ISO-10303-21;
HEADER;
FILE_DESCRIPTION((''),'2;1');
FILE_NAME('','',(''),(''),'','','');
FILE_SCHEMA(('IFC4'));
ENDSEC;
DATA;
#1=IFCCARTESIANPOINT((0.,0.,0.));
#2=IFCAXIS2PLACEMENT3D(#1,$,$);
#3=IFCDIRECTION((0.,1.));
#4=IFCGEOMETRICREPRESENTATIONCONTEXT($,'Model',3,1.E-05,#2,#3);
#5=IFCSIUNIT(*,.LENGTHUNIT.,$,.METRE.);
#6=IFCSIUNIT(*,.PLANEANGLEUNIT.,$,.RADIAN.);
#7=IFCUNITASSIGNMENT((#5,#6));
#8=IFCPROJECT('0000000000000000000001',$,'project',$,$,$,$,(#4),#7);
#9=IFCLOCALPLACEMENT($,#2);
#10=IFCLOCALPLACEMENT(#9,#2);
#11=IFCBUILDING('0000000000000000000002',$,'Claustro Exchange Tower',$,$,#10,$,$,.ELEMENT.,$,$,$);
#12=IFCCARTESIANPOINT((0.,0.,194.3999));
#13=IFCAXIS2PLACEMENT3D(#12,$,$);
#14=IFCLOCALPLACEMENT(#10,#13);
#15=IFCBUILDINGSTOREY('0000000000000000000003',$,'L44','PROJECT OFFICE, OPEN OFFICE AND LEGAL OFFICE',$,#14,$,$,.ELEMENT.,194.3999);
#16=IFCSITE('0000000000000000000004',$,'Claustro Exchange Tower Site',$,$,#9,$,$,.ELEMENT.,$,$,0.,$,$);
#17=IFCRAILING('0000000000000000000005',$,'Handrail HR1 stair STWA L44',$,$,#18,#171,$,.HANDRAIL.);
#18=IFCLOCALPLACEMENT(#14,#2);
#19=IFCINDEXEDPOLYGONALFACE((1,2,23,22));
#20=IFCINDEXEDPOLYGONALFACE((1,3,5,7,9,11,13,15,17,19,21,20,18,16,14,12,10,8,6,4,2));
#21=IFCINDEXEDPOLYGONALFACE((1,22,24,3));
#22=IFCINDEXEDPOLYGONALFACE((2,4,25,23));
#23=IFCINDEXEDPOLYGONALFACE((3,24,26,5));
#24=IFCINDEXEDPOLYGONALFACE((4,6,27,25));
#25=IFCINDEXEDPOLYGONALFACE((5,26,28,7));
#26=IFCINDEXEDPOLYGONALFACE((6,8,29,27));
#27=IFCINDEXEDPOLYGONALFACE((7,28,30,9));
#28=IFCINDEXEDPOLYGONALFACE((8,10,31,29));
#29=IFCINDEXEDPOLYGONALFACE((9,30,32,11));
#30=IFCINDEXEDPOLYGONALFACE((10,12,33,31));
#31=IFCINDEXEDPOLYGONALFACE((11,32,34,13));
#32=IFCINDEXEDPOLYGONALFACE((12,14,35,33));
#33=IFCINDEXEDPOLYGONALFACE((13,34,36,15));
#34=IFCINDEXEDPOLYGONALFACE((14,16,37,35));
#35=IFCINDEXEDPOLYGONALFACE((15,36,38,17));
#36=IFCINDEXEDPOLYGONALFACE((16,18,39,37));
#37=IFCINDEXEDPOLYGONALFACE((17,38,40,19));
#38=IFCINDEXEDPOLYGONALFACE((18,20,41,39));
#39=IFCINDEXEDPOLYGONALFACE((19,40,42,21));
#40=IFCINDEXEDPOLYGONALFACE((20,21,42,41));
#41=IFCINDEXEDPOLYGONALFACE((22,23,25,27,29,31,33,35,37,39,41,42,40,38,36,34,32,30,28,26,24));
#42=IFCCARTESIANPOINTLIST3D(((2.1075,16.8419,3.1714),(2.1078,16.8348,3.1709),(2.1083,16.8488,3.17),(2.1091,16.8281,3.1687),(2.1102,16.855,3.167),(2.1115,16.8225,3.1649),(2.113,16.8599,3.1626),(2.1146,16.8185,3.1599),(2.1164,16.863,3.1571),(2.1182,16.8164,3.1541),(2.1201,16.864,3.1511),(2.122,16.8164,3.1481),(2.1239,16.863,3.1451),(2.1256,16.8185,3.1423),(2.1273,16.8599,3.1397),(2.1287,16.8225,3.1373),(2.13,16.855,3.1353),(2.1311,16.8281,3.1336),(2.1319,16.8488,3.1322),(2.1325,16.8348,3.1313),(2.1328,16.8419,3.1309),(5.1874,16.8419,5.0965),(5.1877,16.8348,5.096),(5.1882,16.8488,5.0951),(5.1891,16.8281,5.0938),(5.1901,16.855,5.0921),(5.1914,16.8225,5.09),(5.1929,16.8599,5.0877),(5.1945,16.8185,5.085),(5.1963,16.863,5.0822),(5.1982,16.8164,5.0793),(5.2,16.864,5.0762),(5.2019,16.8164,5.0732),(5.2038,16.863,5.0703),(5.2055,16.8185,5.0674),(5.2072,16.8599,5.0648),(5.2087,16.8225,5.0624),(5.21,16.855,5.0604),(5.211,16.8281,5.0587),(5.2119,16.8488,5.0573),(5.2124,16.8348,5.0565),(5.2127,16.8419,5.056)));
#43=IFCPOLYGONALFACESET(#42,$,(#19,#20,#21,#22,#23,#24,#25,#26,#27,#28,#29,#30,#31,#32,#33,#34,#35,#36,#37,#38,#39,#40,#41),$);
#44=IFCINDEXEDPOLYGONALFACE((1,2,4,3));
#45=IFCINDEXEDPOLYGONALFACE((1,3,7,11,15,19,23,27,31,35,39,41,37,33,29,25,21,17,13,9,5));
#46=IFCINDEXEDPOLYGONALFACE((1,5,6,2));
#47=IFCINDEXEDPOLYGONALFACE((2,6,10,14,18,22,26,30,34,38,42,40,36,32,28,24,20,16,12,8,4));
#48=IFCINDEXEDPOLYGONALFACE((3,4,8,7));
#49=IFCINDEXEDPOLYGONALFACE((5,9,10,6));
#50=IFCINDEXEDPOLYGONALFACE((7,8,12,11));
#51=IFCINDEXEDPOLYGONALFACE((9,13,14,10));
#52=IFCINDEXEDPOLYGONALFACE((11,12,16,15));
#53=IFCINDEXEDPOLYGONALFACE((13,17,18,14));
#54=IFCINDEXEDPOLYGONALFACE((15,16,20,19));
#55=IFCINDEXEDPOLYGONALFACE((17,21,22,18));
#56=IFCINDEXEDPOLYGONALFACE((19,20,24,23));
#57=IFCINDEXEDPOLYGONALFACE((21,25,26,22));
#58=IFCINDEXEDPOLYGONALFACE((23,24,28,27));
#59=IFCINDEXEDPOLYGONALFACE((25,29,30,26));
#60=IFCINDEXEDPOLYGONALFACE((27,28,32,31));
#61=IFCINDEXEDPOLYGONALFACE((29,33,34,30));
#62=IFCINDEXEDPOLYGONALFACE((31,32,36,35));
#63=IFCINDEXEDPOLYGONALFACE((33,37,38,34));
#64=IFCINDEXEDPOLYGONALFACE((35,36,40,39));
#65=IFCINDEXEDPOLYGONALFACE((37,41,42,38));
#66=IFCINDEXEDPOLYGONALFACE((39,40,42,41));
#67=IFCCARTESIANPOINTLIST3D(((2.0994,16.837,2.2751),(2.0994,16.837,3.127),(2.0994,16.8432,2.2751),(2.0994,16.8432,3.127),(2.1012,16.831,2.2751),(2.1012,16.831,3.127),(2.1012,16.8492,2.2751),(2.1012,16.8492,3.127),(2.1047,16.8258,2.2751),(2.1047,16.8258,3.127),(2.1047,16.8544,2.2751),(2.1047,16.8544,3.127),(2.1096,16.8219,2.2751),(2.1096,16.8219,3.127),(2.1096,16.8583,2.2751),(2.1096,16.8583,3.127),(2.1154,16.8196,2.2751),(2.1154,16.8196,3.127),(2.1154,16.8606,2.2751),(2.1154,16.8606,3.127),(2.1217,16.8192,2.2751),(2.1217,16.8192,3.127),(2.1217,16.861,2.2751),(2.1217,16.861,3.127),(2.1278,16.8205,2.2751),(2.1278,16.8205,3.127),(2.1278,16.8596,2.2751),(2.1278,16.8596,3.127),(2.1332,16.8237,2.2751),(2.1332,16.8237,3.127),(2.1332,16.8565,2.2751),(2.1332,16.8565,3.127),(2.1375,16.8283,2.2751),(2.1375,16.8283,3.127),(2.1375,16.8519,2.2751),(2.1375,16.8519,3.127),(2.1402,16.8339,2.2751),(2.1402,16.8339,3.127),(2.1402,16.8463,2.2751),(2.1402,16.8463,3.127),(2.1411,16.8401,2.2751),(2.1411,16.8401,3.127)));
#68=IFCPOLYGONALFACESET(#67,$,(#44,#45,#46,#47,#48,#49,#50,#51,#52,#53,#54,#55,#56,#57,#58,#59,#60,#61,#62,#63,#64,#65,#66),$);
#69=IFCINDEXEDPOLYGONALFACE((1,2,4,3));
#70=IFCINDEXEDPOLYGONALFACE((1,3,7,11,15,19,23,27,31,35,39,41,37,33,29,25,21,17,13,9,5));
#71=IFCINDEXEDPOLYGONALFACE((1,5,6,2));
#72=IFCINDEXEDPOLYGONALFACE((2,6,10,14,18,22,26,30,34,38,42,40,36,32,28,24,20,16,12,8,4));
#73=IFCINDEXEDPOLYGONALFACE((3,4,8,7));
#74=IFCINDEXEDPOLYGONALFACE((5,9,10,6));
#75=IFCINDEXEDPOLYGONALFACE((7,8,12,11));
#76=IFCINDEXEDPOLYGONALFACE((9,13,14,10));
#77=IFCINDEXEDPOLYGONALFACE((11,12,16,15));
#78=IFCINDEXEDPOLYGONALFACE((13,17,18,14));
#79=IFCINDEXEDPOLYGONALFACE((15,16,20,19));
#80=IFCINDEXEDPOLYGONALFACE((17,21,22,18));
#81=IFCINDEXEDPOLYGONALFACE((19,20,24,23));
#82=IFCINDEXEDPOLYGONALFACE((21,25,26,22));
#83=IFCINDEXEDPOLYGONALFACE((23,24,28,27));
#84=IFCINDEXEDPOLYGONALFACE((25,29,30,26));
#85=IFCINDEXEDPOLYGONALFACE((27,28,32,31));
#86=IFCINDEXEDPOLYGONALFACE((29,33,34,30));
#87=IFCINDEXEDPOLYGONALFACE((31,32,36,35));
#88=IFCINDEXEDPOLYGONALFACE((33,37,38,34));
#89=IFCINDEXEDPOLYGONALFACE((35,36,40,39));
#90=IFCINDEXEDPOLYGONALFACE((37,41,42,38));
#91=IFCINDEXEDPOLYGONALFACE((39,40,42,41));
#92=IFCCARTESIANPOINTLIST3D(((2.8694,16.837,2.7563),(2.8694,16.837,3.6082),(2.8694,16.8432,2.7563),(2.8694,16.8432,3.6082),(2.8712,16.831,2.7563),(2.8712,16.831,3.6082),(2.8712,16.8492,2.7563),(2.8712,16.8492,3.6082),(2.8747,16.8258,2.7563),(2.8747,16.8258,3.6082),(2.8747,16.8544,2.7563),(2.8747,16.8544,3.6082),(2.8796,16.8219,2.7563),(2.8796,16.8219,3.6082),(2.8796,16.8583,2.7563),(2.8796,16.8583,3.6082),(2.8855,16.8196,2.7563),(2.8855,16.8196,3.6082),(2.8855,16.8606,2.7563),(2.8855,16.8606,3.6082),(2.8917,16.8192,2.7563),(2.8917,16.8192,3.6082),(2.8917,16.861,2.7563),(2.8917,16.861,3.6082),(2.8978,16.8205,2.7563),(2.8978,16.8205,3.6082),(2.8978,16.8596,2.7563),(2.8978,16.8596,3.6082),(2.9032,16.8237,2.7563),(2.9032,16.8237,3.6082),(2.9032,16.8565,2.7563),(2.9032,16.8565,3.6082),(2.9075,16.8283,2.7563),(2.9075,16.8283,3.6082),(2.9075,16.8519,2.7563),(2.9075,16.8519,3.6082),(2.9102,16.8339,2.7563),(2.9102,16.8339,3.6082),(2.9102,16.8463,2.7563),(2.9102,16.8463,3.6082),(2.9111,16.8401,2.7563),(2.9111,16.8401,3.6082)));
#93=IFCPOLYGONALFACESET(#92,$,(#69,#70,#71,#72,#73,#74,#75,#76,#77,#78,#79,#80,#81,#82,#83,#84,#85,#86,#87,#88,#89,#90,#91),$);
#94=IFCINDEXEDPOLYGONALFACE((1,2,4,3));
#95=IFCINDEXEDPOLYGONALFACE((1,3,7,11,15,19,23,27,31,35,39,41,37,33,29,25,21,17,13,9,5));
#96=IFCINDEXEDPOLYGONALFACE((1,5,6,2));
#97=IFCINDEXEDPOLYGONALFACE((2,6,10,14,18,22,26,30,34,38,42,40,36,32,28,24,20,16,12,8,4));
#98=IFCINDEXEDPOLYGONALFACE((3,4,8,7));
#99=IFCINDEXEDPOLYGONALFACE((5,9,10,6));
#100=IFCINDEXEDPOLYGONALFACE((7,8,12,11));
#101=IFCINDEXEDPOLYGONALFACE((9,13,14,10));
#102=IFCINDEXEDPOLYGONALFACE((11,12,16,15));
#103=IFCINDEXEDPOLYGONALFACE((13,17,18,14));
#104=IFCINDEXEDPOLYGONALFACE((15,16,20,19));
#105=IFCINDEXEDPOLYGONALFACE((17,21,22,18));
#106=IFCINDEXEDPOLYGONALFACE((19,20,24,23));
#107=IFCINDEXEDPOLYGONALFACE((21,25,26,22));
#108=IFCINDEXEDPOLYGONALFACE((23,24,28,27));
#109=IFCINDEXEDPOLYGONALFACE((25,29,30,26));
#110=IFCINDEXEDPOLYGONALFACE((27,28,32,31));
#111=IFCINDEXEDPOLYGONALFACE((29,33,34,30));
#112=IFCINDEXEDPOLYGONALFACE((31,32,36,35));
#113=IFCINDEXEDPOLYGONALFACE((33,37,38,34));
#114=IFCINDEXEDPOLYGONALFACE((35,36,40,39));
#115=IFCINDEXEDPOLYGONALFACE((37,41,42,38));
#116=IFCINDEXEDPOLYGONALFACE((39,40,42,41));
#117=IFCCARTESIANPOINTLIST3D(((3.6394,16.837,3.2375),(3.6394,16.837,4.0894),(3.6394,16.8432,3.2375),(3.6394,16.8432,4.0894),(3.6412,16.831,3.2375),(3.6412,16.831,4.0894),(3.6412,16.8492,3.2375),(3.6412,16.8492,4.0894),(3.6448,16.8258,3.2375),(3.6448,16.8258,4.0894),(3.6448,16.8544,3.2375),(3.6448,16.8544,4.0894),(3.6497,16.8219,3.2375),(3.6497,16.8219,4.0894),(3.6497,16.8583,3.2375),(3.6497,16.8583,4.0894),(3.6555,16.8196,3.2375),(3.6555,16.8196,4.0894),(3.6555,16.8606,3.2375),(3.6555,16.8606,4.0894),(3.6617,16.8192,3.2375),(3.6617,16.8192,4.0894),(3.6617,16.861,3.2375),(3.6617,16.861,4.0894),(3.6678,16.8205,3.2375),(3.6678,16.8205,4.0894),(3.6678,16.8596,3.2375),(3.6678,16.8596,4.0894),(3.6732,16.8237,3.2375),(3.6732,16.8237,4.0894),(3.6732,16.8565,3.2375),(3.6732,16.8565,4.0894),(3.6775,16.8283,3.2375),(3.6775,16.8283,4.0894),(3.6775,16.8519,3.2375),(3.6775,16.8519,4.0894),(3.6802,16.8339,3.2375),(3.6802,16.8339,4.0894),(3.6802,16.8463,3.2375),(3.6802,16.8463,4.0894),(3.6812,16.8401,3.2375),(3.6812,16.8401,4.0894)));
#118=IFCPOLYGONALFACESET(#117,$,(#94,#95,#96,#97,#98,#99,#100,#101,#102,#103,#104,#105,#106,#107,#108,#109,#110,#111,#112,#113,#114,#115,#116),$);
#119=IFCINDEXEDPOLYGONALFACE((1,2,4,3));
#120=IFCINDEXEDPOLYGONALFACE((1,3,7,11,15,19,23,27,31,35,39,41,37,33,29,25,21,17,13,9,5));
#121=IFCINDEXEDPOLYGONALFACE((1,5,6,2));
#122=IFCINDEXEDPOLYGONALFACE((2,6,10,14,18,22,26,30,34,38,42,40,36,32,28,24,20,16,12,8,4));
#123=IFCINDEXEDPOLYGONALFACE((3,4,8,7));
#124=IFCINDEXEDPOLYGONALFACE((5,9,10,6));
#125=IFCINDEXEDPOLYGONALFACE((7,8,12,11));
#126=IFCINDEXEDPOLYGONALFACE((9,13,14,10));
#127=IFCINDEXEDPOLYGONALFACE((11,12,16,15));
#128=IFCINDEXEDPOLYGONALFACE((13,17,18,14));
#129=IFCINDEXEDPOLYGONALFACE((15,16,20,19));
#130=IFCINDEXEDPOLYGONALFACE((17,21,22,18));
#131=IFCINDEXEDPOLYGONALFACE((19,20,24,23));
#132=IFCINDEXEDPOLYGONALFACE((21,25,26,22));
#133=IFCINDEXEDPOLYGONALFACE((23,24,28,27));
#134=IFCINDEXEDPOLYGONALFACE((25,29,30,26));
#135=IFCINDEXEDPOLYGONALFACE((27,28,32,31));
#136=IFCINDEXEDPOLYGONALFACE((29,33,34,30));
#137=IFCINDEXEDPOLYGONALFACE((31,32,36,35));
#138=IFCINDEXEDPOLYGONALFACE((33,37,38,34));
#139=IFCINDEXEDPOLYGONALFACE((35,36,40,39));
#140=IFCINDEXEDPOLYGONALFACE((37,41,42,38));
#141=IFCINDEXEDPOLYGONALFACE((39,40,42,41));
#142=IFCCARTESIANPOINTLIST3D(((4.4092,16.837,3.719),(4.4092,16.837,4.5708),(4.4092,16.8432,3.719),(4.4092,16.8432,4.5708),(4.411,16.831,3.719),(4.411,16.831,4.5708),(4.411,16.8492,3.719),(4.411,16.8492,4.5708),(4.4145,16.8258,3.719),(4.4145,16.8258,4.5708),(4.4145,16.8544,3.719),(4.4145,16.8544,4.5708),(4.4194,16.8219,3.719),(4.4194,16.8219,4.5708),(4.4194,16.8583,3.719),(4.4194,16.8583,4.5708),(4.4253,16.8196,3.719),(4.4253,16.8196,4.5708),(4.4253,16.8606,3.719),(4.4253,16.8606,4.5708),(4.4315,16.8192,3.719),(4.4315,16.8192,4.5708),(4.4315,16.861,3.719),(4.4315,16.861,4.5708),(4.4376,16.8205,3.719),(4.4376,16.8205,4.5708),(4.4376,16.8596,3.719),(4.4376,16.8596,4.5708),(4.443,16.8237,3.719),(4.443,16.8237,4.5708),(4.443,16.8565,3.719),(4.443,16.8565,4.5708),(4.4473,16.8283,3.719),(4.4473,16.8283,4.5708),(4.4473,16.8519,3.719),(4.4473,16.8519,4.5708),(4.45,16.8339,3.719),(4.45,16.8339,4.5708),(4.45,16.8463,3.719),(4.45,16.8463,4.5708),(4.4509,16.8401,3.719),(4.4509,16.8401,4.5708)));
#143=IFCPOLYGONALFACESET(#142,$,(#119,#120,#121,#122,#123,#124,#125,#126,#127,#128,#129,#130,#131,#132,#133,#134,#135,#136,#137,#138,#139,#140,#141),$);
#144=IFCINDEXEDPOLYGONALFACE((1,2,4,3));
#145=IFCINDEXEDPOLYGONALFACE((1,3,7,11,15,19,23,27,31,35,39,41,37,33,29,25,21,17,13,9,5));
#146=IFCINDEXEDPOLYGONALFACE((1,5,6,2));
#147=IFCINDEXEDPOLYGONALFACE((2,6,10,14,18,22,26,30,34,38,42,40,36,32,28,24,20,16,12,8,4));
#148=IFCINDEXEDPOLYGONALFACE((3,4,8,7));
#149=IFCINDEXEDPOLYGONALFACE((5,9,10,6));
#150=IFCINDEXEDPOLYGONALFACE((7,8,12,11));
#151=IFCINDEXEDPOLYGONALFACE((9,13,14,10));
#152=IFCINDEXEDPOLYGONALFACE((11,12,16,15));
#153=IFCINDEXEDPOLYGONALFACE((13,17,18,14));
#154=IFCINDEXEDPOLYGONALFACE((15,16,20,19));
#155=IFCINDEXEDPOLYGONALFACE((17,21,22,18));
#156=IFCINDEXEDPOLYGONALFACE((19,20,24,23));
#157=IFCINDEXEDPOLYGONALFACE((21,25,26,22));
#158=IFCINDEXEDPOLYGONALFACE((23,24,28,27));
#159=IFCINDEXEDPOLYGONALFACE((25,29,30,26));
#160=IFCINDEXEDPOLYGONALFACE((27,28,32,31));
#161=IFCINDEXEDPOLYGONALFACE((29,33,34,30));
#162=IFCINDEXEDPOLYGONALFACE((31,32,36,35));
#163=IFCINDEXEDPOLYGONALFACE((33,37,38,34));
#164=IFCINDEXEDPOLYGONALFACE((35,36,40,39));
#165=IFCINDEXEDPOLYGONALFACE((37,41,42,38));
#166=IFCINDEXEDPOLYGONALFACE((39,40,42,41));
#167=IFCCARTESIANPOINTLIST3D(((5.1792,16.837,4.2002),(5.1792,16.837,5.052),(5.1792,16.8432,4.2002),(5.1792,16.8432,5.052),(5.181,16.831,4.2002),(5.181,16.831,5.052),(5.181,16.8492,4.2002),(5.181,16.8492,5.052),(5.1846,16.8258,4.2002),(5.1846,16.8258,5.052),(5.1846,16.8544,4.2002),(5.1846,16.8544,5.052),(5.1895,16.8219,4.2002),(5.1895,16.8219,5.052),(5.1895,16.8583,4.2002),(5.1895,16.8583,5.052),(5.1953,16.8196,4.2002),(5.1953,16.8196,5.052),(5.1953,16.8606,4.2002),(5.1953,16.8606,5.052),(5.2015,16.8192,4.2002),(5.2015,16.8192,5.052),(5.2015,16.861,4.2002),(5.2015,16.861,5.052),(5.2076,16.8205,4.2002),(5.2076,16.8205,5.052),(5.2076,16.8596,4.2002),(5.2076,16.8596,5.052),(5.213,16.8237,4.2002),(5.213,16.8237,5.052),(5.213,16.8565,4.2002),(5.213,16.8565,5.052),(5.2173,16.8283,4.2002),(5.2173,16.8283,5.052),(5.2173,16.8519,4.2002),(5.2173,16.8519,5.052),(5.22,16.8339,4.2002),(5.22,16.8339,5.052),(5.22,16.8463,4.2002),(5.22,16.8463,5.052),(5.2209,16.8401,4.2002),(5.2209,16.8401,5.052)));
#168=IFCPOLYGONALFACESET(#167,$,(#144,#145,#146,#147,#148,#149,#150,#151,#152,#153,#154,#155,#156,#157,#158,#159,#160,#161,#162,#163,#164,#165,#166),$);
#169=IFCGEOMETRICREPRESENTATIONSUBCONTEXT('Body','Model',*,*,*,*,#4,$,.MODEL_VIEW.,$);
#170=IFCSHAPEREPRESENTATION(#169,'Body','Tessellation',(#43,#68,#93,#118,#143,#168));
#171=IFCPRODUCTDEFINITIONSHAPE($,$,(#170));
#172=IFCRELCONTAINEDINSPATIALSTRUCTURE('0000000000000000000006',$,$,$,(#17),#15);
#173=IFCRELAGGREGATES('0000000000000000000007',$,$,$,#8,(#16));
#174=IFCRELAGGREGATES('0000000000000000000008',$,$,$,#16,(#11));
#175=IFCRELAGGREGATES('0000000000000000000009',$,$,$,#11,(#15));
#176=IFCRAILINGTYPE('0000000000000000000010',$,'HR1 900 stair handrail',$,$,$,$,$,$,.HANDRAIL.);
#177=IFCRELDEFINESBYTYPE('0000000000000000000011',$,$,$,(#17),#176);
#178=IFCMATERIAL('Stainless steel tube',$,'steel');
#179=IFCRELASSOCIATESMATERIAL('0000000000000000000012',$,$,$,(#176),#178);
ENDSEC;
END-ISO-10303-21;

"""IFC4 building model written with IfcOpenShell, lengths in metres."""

from ifc_helpers import new_model, si_unit, direction, frame, origin, origin_2d, place, context, subcontext, project, spatial, circle, extrude, material, type_object, element, save


model = new_model("IFC4")

# Units and contexts
model_context = context("Model", 3, precision=1e-05, world=origin(), true_north=direction((0.0, 1.0)))
body_context = subcontext(model_context, "Body", "Model", "MODEL_VIEW")
ifc_project = project(units=[si_unit("LENGTHUNIT", "METRE"), si_unit("PLANEANGLEUNIT", "RADIAN")], contexts=[model_context])

# Site, building, storey
site_placement = place(None, origin())
site = spatial("IfcSite", under=ifc_project, at=site_placement, Name="Claustro Exchange Tower Site", CompositionType="ELEMENT", RefElevation=0.0)
building_placement = place(site_placement, origin())
building = spatial("IfcBuilding", under=site, at=building_placement, Name="Claustro Exchange Tower", CompositionType="ELEMENT")
storey_placement = place(building_placement, frame((0.0, 0.0, 194.3999)))
storey = spatial("IfcBuildingStorey", under=building, at=storey_placement, Name="L44", Description="PROJECT OFFICE, OPEN OFFICE AND LEGAL OFFICE", CompositionType="ELEMENT", Elevation=194.3999)

# Railing
ifc_material_1 = material(Name="Stainless steel tube", Category="steel")
railing_type = type_object("IfcRailingType", Name="HR1 900 stair handrail", PredefinedType="HANDRAIL", material=ifc_material_1)
railing_placement = place(storey_placement, frame((2.1201, 16.8401, 2.2751)))
element("IfcRailing", 1, at=railing_placement, inside=storey, type_object=railing_type, Name="Handrail HR1 stair STWA L44", PredefinedType="HANDRAIL", context=body_context, shape_type="SweptSolid", body=[
    extrude(circle(Radius=0.0239, at=origin_2d()), frame((0.0, 0.0, 0.876), z_axis=(0.847979, 0.0, 0.530029), x_axis=(0.0, 1.0, 0.0)), (0.0, 0.0, 1.0), 3.6321),
    extrude(circle(Radius=0.021, at=origin_2d()), origin(), (0.0, 0.0, 1.0), 0.8518),
    extrude(circle(Radius=0.021, at=origin_2d()), frame((0.77, 0.0, 0.4812)), (0.0, 0.0, 1.0), 0.8518),
    extrude(circle(Radius=0.021, at=origin_2d()), frame((1.54, 0.0, 0.9624)), (0.0, 0.0, 1.0), 0.8518),
    extrude(circle(Radius=0.021, at=origin_2d()), frame((2.3098, 0.0, 1.4438)), (0.0, 0.0, 1.0), 0.8518),
    extrude(circle(Radius=0.021, at=origin_2d()), frame((3.0798, 0.0, 1.925)), (0.0, 0.0, 1.0), 0.8518),
])

save(model, "model.ifc")
